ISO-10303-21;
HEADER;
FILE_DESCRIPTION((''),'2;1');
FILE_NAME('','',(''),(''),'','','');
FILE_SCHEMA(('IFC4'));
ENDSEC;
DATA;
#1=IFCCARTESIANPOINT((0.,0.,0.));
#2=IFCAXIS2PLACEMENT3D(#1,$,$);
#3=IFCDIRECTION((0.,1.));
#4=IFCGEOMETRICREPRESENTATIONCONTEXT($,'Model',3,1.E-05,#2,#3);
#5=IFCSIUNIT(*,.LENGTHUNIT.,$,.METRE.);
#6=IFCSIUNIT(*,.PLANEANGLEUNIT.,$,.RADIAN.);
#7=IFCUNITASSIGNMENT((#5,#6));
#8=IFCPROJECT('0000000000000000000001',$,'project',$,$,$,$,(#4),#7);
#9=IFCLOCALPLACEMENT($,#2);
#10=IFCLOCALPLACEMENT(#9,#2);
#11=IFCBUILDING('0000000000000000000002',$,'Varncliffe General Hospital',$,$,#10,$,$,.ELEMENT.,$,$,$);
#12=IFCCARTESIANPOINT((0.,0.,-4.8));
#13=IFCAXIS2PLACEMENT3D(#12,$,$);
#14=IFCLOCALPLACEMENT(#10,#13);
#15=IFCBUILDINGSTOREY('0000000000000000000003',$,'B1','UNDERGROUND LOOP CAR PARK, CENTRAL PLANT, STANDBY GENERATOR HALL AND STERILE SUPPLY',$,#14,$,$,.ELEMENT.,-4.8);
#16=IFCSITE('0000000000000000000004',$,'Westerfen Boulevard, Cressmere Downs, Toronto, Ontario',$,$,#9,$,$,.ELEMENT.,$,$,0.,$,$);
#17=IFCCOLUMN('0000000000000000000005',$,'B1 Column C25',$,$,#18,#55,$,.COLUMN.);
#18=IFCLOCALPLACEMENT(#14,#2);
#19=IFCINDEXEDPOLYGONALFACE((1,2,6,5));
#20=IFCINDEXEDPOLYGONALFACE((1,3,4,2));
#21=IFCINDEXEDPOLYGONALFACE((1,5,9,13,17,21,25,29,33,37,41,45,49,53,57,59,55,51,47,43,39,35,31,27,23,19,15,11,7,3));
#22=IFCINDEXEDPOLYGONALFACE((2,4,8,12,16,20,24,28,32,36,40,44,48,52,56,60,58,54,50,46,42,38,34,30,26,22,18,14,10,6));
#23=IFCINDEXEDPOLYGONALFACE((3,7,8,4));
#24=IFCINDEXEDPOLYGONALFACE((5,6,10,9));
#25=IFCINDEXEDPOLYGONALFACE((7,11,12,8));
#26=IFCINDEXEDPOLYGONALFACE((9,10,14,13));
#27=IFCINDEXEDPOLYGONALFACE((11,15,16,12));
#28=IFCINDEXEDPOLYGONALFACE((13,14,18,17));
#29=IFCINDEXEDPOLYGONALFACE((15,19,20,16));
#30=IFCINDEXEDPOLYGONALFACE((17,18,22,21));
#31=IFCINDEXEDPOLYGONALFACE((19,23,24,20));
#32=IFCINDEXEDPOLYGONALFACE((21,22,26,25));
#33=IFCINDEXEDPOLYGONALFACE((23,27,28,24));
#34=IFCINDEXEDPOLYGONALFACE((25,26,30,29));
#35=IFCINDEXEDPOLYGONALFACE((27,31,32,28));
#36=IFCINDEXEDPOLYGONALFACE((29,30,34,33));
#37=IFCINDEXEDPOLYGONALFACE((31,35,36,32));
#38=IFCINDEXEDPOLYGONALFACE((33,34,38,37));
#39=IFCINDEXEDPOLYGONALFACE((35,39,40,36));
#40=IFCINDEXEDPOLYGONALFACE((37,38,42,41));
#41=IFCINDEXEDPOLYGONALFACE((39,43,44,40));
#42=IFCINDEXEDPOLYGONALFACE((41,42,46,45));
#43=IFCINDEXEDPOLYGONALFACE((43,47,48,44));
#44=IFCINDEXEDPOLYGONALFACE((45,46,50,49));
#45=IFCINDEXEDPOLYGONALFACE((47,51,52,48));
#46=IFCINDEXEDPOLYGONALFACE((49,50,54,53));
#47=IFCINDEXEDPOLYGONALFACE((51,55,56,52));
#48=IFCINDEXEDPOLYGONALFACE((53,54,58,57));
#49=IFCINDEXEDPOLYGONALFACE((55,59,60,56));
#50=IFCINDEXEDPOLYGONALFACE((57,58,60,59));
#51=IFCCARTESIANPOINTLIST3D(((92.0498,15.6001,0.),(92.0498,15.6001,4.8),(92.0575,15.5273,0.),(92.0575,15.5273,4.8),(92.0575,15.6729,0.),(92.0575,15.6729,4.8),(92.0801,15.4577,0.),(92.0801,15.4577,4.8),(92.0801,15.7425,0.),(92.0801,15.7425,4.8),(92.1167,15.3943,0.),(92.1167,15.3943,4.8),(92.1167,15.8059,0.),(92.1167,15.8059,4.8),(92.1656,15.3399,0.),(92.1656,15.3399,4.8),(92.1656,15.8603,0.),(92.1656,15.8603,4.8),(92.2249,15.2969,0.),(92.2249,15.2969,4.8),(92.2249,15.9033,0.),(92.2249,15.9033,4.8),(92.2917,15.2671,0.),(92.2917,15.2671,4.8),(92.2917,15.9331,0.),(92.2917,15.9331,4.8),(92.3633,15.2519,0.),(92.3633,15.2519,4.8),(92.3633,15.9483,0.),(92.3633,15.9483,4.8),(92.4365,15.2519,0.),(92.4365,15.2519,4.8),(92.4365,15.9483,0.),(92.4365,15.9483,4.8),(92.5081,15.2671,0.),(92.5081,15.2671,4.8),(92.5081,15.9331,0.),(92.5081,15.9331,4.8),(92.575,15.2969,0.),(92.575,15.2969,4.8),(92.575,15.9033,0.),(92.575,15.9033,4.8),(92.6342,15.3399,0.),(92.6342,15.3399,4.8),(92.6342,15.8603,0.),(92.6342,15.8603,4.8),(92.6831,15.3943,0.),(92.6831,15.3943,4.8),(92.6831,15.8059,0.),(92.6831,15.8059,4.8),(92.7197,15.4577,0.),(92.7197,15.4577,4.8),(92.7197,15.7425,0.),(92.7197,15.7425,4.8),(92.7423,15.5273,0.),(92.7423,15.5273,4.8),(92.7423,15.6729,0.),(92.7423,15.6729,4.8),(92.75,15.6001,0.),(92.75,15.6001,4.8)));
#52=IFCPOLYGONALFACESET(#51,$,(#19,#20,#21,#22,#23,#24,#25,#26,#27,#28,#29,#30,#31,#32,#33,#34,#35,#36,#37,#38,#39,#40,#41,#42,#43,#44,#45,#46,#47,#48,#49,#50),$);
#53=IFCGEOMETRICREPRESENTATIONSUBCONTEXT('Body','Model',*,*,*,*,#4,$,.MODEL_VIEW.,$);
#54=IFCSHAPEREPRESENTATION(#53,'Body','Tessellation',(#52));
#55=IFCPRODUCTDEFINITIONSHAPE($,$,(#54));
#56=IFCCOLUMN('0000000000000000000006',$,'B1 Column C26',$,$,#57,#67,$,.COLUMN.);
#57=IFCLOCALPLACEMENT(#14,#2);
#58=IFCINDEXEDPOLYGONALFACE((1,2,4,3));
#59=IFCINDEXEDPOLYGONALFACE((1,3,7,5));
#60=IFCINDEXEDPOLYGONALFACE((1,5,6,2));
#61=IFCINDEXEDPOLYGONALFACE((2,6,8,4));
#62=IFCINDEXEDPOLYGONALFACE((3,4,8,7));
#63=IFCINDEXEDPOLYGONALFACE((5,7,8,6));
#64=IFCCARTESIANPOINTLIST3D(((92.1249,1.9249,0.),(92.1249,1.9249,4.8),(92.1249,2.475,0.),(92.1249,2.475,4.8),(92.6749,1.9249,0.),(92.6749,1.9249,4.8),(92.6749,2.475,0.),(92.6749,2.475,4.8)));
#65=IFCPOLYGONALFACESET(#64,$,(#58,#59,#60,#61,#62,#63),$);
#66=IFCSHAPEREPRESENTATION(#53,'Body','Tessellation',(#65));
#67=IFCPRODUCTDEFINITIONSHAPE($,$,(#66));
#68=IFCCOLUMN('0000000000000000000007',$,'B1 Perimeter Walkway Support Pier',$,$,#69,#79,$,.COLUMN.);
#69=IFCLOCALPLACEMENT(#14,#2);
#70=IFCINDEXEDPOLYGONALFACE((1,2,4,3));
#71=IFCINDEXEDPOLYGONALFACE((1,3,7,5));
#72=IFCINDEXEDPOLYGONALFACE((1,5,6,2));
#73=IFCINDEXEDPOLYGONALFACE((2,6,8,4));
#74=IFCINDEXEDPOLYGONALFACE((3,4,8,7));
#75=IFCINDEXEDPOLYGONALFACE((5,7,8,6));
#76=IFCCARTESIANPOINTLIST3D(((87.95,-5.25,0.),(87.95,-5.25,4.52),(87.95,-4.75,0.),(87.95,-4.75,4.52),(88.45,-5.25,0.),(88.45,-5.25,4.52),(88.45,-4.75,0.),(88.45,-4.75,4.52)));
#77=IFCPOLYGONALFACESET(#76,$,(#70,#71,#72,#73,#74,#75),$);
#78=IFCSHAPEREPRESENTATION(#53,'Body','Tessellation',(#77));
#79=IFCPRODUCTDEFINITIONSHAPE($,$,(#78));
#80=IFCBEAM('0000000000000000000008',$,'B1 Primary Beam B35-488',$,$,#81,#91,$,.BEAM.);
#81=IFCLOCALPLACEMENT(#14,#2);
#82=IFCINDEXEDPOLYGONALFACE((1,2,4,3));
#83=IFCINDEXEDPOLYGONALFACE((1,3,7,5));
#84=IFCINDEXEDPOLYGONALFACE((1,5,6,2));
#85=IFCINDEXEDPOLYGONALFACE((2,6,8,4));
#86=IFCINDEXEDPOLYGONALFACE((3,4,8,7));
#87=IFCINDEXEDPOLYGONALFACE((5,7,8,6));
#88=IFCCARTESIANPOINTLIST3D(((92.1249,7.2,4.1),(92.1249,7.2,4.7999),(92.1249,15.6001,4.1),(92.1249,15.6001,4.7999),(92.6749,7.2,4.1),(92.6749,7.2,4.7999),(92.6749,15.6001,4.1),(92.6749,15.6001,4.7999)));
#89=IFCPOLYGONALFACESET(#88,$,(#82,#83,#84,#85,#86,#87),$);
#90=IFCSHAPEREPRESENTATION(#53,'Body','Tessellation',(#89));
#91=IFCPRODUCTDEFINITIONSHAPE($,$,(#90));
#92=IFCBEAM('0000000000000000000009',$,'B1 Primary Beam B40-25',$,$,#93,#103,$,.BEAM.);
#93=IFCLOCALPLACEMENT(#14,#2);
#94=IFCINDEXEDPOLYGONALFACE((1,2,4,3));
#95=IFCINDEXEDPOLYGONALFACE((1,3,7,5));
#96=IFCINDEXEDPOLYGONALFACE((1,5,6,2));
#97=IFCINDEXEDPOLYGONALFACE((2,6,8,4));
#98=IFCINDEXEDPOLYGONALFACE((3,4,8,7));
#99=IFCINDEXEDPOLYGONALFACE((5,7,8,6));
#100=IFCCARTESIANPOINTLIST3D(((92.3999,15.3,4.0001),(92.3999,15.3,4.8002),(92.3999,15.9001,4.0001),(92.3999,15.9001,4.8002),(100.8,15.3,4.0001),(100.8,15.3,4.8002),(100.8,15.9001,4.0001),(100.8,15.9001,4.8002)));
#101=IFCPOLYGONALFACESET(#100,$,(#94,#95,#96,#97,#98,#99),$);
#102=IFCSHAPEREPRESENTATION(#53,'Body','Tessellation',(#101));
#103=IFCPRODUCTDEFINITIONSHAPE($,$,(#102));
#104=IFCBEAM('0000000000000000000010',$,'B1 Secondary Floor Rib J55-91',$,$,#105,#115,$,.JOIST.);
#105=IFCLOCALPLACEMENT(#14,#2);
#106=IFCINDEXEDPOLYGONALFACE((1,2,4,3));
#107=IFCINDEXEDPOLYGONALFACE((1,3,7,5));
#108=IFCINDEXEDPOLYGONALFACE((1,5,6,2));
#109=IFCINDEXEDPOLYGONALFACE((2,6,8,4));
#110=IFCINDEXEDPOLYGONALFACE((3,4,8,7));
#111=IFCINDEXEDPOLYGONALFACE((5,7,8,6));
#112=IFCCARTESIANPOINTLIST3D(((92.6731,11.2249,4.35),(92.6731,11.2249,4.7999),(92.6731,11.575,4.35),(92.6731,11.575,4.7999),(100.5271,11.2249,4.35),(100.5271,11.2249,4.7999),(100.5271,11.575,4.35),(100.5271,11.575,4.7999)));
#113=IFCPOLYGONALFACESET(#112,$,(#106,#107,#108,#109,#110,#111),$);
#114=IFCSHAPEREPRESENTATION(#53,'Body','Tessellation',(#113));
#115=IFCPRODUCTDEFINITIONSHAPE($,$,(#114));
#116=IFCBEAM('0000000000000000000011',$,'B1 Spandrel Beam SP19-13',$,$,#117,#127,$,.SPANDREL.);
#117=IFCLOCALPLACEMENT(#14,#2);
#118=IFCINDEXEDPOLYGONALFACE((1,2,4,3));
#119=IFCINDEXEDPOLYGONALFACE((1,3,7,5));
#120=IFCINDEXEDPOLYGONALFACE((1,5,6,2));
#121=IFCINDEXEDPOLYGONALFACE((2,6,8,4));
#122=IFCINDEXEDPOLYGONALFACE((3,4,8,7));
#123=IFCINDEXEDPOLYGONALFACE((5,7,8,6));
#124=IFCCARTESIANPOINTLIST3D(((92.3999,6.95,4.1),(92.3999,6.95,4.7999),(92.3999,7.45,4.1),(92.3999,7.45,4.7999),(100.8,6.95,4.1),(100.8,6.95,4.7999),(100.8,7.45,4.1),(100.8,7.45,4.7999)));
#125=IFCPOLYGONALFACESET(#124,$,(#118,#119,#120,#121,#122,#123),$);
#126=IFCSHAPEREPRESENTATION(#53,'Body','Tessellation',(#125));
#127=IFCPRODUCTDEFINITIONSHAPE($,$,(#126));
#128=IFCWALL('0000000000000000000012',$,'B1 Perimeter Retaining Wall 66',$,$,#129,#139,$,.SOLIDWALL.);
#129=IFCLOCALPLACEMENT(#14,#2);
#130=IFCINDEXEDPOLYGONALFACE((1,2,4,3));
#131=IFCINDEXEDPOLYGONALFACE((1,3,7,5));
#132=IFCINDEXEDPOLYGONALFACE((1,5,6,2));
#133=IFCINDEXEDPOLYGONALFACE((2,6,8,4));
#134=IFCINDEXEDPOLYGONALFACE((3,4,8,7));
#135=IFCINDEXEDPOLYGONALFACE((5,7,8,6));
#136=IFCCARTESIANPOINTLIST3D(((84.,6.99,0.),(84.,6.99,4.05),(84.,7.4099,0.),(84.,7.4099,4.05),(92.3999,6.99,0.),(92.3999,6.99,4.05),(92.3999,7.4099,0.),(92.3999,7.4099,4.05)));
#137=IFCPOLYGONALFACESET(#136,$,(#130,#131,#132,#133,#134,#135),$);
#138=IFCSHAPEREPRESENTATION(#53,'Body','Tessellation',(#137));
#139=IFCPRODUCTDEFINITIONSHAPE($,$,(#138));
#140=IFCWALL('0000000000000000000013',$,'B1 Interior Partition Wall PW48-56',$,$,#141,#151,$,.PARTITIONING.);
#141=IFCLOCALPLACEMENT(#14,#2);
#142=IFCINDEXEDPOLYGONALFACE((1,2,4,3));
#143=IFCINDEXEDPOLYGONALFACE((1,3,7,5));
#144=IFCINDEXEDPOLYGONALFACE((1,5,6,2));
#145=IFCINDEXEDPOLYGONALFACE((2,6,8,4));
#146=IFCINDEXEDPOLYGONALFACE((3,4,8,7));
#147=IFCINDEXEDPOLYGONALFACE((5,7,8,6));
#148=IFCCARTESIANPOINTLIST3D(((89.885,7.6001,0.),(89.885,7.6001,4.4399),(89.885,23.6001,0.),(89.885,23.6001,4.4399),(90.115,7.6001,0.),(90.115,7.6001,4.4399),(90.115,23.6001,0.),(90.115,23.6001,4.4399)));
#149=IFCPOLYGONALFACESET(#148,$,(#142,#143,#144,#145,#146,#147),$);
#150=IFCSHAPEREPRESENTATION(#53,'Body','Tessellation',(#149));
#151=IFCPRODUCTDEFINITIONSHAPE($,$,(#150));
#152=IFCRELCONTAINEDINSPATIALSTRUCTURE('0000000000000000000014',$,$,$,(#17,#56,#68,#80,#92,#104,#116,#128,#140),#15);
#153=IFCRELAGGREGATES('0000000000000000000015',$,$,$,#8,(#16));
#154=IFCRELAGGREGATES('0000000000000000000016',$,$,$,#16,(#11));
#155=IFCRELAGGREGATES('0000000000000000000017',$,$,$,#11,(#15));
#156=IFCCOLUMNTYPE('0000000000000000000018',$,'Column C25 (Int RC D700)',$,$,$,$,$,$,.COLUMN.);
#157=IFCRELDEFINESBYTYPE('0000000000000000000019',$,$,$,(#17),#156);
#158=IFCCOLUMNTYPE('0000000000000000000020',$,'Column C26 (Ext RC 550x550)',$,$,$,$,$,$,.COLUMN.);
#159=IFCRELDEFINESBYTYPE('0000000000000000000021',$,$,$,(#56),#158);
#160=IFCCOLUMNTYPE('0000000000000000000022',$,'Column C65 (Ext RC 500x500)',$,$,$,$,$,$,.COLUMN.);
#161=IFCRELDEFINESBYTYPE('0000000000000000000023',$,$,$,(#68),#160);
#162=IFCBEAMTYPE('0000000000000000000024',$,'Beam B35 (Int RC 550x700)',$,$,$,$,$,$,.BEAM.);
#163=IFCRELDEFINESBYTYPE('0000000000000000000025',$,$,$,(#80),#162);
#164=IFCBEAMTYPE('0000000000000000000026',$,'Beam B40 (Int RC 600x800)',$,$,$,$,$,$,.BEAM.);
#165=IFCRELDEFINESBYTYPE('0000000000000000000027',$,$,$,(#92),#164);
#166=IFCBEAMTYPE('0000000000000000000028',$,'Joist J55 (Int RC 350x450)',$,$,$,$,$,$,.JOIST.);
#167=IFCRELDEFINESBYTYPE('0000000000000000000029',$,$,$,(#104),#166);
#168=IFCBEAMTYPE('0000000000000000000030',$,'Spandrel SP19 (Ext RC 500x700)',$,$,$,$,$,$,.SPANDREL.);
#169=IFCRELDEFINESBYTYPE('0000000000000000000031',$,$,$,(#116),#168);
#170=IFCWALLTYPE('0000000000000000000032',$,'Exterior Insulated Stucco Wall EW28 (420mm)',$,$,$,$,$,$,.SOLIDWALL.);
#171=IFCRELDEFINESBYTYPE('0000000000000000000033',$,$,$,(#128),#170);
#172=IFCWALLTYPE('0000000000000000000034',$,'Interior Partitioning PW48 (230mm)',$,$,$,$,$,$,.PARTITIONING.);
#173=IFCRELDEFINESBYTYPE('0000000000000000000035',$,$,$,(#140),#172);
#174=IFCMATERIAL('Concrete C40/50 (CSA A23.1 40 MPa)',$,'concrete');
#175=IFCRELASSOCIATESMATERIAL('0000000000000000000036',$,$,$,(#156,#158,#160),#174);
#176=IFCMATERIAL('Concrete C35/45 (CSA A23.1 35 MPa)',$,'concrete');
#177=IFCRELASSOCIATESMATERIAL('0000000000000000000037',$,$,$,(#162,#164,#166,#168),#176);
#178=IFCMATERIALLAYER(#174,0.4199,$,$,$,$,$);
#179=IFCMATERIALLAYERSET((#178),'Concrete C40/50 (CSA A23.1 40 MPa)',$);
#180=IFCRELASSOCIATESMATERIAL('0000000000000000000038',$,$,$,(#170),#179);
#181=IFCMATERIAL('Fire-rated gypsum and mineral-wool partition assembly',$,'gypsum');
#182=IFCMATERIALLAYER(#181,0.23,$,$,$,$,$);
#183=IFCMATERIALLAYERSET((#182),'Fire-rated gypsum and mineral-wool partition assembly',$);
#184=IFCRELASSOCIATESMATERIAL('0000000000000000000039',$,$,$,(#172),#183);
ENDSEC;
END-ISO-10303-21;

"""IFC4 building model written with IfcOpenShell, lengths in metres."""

from ifc_helpers import new_model, si_unit, direction, frame, frame_2d, origin, origin_2d, place, context, subcontext, project, spatial, rectangle, circle, extrude, material, layer, layer_set, material_profile, profile_set, type_object, element, save


model = new_model("IFC4")

# Units and contexts
model_context = context("Model", 3, precision=1e-05, world=origin(), true_north=direction((0.0, 1.0)))
body_context = subcontext(model_context, "Body", "Model", "MODEL_VIEW")
ifc_project = project(units=[si_unit("LENGTHUNIT", "METRE"), si_unit("PLANEANGLEUNIT", "RADIAN")], contexts=[model_context])

# Site, building, storey
site_placement = place(None, origin())
site = spatial("IfcSite", under=ifc_project, at=site_placement, Name="Westerfen Boulevard, Cressmere Downs, Toronto, Ontario", CompositionType="ELEMENT", RefElevation=0.0)
building_placement = place(site_placement, origin())
building = spatial("IfcBuilding", under=site, at=building_placement, Name="Varncliffe General Hospital", CompositionType="ELEMENT")
storey_placement = place(building_placement, frame((0.0, 0.0, -4.8)))
storey = spatial("IfcBuildingStorey", under=building, at=storey_placement, Name="B1", Description="UNDERGROUND LOOP CAR PARK, CENTRAL PLANT, STANDBY GENERATOR HALL AND STERILE SUPPLY", CompositionType="ELEMENT", Elevation=-4.8)

# Shared definitions
ifc_material_1 = material(Name="Concrete C40/50 (CSA A23.1 40 MPa)", Category="concrete")

# Columns
ifc_material_profile_1 = material_profile(ifc_material_1, circle(Radius=0.3501, at=origin_2d()), Name="RC D700")
ifc_profile_set_1 = profile_set([ifc_material_profile_1], Name="Concrete C40/50 (CSA A23.1 40 MPa)")
column_type_1 = type_object("IfcColumnType", Name="Column C25 (Int RC D700)", PredefinedType="COLUMN", material=ifc_profile_set_1)
column_1_placement = place(storey_placement, frame((92.3999, 15.6001, 0.0), z_axis=(0.0, 0.0, 1.0), x_axis=(1.0, 0.0, 0.0)))
element("IfcColumn", 1, at=column_1_placement, inside=storey, type_object=column_type_1, Name="B1 Column C25", PredefinedType="COLUMN", context=body_context, shape_type="SweptSolid", body=[
    extrude(circle(Radius=0.3501, at=origin_2d()), origin(), (0.0, 0.0, 1.0), 4.8),
])
ifc_material_profile_2 = material_profile(ifc_material_1, rectangle(XDim=0.55, YDim=0.55, at=origin_2d()), Name="RC 550x550")
ifc_profile_set_2 = profile_set([ifc_material_profile_2], Name="Concrete C40/50 (CSA A23.1 40 MPa)")
column_type_2 = type_object("IfcColumnType", Name="Column C26 (Ext RC 550x550)", PredefinedType="COLUMN", material=ifc_profile_set_2)
column_2_placement = place(storey_placement, frame((92.3999, 2.2, 0.0), z_axis=(0.0, 0.0, 1.0), x_axis=(1.0, 0.0, 0.0)))
element("IfcColumn", 2, at=column_2_placement, inside=storey, type_object=column_type_2, Name="B1 Column C26", PredefinedType="COLUMN", context=body_context, shape_type="SweptSolid", body=[
    extrude(rectangle(XDim=0.55, YDim=0.55, at=origin_2d()), origin(), (0.0, 0.0, 1.0), 4.8),
])
ifc_material_profile_3 = material_profile(ifc_material_1, rectangle(XDim=0.5, YDim=0.5, at=origin_2d()), Name="RC 500x500")
ifc_profile_set_3 = profile_set([ifc_material_profile_3], Name="Concrete C40/50 (CSA A23.1 40 MPa)")
column_type_3 = type_object("IfcColumnType", Name="Column C65 (Ext RC 500x500)", PredefinedType="COLUMN", material=ifc_profile_set_3)
column_3_placement = place(storey_placement, frame((88.2, -5.0, 0.0), z_axis=(0.0, 0.0, 1.0), x_axis=(1.0, 0.0, 0.0)))
element("IfcColumn", 3, at=column_3_placement, inside=storey, type_object=column_type_3, Name="B1 Perimeter Walkway Support Pier", PredefinedType="COLUMN", context=body_context, shape_type="SweptSolid", body=[
    extrude(rectangle(XDim=0.5, YDim=0.5, at=origin_2d()), origin(), (0.0, 0.0, 1.0), 4.52),
])

# Beams
ifc_material_2 = material(Name="Concrete C35/45 (CSA A23.1 35 MPa)", Category="concrete")
ifc_material_profile_4 = material_profile(ifc_material_2, rectangle(XDim=0.55, YDim=0.7, at=origin_2d()), Name="RC 550x700")
ifc_profile_set_4 = profile_set([ifc_material_profile_4], Name="Concrete C35/45 (CSA A23.1 35 MPa)")
beam_type_1 = type_object("IfcBeamType", Name="Beam B35 (Int RC 550x700)", PredefinedType="BEAM", material=ifc_profile_set_4)
beam_1_placement = place(storey_placement, frame((92.3999, 7.2, 4.45), z_axis=(0.0, 1.0, 0.0), x_axis=(-1.0, 0.0, 0.0)))
element("IfcBeam", 4, at=beam_1_placement, inside=storey, type_object=beam_type_1, Name="B1 Primary Beam B35-488", PredefinedType="BEAM", context=body_context, shape_type="SweptSolid", body=[
    extrude(rectangle(XDim=0.55, YDim=0.7, at=origin_2d()), origin(), (0.0, 0.0, 1.0), 8.4001),
])
ifc_material_profile_5 = material_profile(ifc_material_2, rectangle(XDim=0.6001, YDim=0.8, at=origin_2d()), Name="RC 600x800")
ifc_profile_set_5 = profile_set([ifc_material_profile_5], Name="Concrete C35/45 (CSA A23.1 35 MPa)")
beam_type_2 = type_object("IfcBeamType", Name="Beam B40 (Int RC 600x800)", PredefinedType="BEAM", material=ifc_profile_set_5)
beam_2_placement = place(storey_placement, frame((92.3999, 15.6001, 4.4001), z_axis=(1.0, 0.0, 0.0), x_axis=(0.0, 1.0, 0.0)))
element("IfcBeam", 5, at=beam_2_placement, inside=storey, type_object=beam_type_2, Name="B1 Primary Beam B40-25", PredefinedType="BEAM", context=body_context, shape_type="SweptSolid", body=[
    extrude(rectangle(XDim=0.6001, YDim=0.8, at=origin_2d()), origin(), (0.0, 0.0, 1.0), 8.4001),
])
ifc_material_profile_6 = material_profile(ifc_material_2, rectangle(XDim=0.3501, YDim=0.45, at=origin_2d()), Name="RC 350x450")
ifc_profile_set_6 = profile_set([ifc_material_profile_6], Name="Concrete C35/45 (CSA A23.1 35 MPa)")
beam_type_3 = type_object("IfcBeamType", Name="Joist J55 (Int RC 350x450)", PredefinedType="JOIST", material=ifc_profile_set_6)
beam_3_placement = place(storey_placement, frame((92.6731, 11.3999, 4.575), z_axis=(1.0, 0.0, 0.0), x_axis=(0.0, 1.0, 0.0)))
element("IfcBeam", 6, at=beam_3_placement, inside=storey, type_object=beam_type_3, Name="B1 Secondary Floor Rib J55-91", PredefinedType="JOIST", context=body_context, shape_type="SweptSolid", body=[
    extrude(rectangle(XDim=0.3501, YDim=0.45, at=origin_2d()), origin(), (0.0, 0.0, 1.0), 7.854),
])
ifc_material_profile_7 = material_profile(ifc_material_2, rectangle(XDim=0.5, YDim=0.7, at=origin_2d()), Name="RC 500x700")
ifc_profile_set_7 = profile_set([ifc_material_profile_7], Name="Concrete C35/45 (CSA A23.1 35 MPa)")
beam_type_4 = type_object("IfcBeamType", Name="Spandrel SP19 (Ext RC 500x700)", PredefinedType="SPANDREL", material=ifc_profile_set_7)
beam_4_placement = place(storey_placement, frame((92.3999, 7.2, 4.45), z_axis=(1.0, 0.0, 0.0), x_axis=(0.0, 1.0, 0.0)))
element("IfcBeam", 7, at=beam_4_placement, inside=storey, type_object=beam_type_4, Name="B1 Spandrel Beam SP19-13", PredefinedType="SPANDREL", context=body_context, shape_type="SweptSolid", body=[
    extrude(rectangle(XDim=0.5, YDim=0.7, at=origin_2d()), origin(), (0.0, 0.0, 1.0), 8.4001),
])

# Walls
ifc_layer_1 = layer(ifc_material_1, 0.4199)
ifc_layer_set_1 = layer_set([ifc_layer_1], Name="Concrete C40/50 (CSA A23.1 40 MPa)")
wall_type_1 = type_object("IfcWallType", Name="Exterior Insulated Stucco Wall EW28 (420mm)", PredefinedType="SOLIDWALL", material=ifc_layer_set_1)
wall_1_placement = place(storey_placement, frame((92.3999, 7.2, 0.0), z_axis=(0.0, 0.0, 1.0), x_axis=(-1.0, 0.0, 0.0)))
element("IfcWall", 8, at=wall_1_placement, inside=storey, type_object=wall_type_1, Name="B1 Perimeter Retaining Wall 66", PredefinedType="SOLIDWALL", context=body_context, shape_type="SweptSolid", body=[
    extrude(rectangle(XDim=8.3999, YDim=0.4199, at=frame_2d((4.2, 0.0))), origin(), (0.0, 0.0, 1.0), 4.05),
])
ifc_material_3 = material(Name="Fire-rated gypsum and mineral-wool partition assembly", Category="gypsum")
ifc_layer_2 = layer(ifc_material_3, 0.23)
ifc_layer_set_2 = layer_set([ifc_layer_2], Name="Fire-rated gypsum and mineral-wool partition assembly")
wall_type_2 = type_object("IfcWallType", Name="Interior Partitioning PW48 (230mm)", PredefinedType="PARTITIONING", material=ifc_layer_set_2)
wall_2_placement = place(storey_placement, frame((90.0, 7.6001, 0.0), z_axis=(0.0, 0.0, 1.0), x_axis=(0.0, 1.0, 0.0)))
element("IfcWall", 9, at=wall_2_placement, inside=storey, type_object=wall_type_2, Name="B1 Interior Partition Wall PW48-56", PredefinedType="PARTITIONING", context=body_context, shape_type="SweptSolid", body=[
    extrude(rectangle(XDim=16.0, YDim=0.23, at=frame_2d((8.0, 0.0))), origin(), (0.0, 0.0, 1.0), 4.4399),
])

save(model, "model.ifc")
